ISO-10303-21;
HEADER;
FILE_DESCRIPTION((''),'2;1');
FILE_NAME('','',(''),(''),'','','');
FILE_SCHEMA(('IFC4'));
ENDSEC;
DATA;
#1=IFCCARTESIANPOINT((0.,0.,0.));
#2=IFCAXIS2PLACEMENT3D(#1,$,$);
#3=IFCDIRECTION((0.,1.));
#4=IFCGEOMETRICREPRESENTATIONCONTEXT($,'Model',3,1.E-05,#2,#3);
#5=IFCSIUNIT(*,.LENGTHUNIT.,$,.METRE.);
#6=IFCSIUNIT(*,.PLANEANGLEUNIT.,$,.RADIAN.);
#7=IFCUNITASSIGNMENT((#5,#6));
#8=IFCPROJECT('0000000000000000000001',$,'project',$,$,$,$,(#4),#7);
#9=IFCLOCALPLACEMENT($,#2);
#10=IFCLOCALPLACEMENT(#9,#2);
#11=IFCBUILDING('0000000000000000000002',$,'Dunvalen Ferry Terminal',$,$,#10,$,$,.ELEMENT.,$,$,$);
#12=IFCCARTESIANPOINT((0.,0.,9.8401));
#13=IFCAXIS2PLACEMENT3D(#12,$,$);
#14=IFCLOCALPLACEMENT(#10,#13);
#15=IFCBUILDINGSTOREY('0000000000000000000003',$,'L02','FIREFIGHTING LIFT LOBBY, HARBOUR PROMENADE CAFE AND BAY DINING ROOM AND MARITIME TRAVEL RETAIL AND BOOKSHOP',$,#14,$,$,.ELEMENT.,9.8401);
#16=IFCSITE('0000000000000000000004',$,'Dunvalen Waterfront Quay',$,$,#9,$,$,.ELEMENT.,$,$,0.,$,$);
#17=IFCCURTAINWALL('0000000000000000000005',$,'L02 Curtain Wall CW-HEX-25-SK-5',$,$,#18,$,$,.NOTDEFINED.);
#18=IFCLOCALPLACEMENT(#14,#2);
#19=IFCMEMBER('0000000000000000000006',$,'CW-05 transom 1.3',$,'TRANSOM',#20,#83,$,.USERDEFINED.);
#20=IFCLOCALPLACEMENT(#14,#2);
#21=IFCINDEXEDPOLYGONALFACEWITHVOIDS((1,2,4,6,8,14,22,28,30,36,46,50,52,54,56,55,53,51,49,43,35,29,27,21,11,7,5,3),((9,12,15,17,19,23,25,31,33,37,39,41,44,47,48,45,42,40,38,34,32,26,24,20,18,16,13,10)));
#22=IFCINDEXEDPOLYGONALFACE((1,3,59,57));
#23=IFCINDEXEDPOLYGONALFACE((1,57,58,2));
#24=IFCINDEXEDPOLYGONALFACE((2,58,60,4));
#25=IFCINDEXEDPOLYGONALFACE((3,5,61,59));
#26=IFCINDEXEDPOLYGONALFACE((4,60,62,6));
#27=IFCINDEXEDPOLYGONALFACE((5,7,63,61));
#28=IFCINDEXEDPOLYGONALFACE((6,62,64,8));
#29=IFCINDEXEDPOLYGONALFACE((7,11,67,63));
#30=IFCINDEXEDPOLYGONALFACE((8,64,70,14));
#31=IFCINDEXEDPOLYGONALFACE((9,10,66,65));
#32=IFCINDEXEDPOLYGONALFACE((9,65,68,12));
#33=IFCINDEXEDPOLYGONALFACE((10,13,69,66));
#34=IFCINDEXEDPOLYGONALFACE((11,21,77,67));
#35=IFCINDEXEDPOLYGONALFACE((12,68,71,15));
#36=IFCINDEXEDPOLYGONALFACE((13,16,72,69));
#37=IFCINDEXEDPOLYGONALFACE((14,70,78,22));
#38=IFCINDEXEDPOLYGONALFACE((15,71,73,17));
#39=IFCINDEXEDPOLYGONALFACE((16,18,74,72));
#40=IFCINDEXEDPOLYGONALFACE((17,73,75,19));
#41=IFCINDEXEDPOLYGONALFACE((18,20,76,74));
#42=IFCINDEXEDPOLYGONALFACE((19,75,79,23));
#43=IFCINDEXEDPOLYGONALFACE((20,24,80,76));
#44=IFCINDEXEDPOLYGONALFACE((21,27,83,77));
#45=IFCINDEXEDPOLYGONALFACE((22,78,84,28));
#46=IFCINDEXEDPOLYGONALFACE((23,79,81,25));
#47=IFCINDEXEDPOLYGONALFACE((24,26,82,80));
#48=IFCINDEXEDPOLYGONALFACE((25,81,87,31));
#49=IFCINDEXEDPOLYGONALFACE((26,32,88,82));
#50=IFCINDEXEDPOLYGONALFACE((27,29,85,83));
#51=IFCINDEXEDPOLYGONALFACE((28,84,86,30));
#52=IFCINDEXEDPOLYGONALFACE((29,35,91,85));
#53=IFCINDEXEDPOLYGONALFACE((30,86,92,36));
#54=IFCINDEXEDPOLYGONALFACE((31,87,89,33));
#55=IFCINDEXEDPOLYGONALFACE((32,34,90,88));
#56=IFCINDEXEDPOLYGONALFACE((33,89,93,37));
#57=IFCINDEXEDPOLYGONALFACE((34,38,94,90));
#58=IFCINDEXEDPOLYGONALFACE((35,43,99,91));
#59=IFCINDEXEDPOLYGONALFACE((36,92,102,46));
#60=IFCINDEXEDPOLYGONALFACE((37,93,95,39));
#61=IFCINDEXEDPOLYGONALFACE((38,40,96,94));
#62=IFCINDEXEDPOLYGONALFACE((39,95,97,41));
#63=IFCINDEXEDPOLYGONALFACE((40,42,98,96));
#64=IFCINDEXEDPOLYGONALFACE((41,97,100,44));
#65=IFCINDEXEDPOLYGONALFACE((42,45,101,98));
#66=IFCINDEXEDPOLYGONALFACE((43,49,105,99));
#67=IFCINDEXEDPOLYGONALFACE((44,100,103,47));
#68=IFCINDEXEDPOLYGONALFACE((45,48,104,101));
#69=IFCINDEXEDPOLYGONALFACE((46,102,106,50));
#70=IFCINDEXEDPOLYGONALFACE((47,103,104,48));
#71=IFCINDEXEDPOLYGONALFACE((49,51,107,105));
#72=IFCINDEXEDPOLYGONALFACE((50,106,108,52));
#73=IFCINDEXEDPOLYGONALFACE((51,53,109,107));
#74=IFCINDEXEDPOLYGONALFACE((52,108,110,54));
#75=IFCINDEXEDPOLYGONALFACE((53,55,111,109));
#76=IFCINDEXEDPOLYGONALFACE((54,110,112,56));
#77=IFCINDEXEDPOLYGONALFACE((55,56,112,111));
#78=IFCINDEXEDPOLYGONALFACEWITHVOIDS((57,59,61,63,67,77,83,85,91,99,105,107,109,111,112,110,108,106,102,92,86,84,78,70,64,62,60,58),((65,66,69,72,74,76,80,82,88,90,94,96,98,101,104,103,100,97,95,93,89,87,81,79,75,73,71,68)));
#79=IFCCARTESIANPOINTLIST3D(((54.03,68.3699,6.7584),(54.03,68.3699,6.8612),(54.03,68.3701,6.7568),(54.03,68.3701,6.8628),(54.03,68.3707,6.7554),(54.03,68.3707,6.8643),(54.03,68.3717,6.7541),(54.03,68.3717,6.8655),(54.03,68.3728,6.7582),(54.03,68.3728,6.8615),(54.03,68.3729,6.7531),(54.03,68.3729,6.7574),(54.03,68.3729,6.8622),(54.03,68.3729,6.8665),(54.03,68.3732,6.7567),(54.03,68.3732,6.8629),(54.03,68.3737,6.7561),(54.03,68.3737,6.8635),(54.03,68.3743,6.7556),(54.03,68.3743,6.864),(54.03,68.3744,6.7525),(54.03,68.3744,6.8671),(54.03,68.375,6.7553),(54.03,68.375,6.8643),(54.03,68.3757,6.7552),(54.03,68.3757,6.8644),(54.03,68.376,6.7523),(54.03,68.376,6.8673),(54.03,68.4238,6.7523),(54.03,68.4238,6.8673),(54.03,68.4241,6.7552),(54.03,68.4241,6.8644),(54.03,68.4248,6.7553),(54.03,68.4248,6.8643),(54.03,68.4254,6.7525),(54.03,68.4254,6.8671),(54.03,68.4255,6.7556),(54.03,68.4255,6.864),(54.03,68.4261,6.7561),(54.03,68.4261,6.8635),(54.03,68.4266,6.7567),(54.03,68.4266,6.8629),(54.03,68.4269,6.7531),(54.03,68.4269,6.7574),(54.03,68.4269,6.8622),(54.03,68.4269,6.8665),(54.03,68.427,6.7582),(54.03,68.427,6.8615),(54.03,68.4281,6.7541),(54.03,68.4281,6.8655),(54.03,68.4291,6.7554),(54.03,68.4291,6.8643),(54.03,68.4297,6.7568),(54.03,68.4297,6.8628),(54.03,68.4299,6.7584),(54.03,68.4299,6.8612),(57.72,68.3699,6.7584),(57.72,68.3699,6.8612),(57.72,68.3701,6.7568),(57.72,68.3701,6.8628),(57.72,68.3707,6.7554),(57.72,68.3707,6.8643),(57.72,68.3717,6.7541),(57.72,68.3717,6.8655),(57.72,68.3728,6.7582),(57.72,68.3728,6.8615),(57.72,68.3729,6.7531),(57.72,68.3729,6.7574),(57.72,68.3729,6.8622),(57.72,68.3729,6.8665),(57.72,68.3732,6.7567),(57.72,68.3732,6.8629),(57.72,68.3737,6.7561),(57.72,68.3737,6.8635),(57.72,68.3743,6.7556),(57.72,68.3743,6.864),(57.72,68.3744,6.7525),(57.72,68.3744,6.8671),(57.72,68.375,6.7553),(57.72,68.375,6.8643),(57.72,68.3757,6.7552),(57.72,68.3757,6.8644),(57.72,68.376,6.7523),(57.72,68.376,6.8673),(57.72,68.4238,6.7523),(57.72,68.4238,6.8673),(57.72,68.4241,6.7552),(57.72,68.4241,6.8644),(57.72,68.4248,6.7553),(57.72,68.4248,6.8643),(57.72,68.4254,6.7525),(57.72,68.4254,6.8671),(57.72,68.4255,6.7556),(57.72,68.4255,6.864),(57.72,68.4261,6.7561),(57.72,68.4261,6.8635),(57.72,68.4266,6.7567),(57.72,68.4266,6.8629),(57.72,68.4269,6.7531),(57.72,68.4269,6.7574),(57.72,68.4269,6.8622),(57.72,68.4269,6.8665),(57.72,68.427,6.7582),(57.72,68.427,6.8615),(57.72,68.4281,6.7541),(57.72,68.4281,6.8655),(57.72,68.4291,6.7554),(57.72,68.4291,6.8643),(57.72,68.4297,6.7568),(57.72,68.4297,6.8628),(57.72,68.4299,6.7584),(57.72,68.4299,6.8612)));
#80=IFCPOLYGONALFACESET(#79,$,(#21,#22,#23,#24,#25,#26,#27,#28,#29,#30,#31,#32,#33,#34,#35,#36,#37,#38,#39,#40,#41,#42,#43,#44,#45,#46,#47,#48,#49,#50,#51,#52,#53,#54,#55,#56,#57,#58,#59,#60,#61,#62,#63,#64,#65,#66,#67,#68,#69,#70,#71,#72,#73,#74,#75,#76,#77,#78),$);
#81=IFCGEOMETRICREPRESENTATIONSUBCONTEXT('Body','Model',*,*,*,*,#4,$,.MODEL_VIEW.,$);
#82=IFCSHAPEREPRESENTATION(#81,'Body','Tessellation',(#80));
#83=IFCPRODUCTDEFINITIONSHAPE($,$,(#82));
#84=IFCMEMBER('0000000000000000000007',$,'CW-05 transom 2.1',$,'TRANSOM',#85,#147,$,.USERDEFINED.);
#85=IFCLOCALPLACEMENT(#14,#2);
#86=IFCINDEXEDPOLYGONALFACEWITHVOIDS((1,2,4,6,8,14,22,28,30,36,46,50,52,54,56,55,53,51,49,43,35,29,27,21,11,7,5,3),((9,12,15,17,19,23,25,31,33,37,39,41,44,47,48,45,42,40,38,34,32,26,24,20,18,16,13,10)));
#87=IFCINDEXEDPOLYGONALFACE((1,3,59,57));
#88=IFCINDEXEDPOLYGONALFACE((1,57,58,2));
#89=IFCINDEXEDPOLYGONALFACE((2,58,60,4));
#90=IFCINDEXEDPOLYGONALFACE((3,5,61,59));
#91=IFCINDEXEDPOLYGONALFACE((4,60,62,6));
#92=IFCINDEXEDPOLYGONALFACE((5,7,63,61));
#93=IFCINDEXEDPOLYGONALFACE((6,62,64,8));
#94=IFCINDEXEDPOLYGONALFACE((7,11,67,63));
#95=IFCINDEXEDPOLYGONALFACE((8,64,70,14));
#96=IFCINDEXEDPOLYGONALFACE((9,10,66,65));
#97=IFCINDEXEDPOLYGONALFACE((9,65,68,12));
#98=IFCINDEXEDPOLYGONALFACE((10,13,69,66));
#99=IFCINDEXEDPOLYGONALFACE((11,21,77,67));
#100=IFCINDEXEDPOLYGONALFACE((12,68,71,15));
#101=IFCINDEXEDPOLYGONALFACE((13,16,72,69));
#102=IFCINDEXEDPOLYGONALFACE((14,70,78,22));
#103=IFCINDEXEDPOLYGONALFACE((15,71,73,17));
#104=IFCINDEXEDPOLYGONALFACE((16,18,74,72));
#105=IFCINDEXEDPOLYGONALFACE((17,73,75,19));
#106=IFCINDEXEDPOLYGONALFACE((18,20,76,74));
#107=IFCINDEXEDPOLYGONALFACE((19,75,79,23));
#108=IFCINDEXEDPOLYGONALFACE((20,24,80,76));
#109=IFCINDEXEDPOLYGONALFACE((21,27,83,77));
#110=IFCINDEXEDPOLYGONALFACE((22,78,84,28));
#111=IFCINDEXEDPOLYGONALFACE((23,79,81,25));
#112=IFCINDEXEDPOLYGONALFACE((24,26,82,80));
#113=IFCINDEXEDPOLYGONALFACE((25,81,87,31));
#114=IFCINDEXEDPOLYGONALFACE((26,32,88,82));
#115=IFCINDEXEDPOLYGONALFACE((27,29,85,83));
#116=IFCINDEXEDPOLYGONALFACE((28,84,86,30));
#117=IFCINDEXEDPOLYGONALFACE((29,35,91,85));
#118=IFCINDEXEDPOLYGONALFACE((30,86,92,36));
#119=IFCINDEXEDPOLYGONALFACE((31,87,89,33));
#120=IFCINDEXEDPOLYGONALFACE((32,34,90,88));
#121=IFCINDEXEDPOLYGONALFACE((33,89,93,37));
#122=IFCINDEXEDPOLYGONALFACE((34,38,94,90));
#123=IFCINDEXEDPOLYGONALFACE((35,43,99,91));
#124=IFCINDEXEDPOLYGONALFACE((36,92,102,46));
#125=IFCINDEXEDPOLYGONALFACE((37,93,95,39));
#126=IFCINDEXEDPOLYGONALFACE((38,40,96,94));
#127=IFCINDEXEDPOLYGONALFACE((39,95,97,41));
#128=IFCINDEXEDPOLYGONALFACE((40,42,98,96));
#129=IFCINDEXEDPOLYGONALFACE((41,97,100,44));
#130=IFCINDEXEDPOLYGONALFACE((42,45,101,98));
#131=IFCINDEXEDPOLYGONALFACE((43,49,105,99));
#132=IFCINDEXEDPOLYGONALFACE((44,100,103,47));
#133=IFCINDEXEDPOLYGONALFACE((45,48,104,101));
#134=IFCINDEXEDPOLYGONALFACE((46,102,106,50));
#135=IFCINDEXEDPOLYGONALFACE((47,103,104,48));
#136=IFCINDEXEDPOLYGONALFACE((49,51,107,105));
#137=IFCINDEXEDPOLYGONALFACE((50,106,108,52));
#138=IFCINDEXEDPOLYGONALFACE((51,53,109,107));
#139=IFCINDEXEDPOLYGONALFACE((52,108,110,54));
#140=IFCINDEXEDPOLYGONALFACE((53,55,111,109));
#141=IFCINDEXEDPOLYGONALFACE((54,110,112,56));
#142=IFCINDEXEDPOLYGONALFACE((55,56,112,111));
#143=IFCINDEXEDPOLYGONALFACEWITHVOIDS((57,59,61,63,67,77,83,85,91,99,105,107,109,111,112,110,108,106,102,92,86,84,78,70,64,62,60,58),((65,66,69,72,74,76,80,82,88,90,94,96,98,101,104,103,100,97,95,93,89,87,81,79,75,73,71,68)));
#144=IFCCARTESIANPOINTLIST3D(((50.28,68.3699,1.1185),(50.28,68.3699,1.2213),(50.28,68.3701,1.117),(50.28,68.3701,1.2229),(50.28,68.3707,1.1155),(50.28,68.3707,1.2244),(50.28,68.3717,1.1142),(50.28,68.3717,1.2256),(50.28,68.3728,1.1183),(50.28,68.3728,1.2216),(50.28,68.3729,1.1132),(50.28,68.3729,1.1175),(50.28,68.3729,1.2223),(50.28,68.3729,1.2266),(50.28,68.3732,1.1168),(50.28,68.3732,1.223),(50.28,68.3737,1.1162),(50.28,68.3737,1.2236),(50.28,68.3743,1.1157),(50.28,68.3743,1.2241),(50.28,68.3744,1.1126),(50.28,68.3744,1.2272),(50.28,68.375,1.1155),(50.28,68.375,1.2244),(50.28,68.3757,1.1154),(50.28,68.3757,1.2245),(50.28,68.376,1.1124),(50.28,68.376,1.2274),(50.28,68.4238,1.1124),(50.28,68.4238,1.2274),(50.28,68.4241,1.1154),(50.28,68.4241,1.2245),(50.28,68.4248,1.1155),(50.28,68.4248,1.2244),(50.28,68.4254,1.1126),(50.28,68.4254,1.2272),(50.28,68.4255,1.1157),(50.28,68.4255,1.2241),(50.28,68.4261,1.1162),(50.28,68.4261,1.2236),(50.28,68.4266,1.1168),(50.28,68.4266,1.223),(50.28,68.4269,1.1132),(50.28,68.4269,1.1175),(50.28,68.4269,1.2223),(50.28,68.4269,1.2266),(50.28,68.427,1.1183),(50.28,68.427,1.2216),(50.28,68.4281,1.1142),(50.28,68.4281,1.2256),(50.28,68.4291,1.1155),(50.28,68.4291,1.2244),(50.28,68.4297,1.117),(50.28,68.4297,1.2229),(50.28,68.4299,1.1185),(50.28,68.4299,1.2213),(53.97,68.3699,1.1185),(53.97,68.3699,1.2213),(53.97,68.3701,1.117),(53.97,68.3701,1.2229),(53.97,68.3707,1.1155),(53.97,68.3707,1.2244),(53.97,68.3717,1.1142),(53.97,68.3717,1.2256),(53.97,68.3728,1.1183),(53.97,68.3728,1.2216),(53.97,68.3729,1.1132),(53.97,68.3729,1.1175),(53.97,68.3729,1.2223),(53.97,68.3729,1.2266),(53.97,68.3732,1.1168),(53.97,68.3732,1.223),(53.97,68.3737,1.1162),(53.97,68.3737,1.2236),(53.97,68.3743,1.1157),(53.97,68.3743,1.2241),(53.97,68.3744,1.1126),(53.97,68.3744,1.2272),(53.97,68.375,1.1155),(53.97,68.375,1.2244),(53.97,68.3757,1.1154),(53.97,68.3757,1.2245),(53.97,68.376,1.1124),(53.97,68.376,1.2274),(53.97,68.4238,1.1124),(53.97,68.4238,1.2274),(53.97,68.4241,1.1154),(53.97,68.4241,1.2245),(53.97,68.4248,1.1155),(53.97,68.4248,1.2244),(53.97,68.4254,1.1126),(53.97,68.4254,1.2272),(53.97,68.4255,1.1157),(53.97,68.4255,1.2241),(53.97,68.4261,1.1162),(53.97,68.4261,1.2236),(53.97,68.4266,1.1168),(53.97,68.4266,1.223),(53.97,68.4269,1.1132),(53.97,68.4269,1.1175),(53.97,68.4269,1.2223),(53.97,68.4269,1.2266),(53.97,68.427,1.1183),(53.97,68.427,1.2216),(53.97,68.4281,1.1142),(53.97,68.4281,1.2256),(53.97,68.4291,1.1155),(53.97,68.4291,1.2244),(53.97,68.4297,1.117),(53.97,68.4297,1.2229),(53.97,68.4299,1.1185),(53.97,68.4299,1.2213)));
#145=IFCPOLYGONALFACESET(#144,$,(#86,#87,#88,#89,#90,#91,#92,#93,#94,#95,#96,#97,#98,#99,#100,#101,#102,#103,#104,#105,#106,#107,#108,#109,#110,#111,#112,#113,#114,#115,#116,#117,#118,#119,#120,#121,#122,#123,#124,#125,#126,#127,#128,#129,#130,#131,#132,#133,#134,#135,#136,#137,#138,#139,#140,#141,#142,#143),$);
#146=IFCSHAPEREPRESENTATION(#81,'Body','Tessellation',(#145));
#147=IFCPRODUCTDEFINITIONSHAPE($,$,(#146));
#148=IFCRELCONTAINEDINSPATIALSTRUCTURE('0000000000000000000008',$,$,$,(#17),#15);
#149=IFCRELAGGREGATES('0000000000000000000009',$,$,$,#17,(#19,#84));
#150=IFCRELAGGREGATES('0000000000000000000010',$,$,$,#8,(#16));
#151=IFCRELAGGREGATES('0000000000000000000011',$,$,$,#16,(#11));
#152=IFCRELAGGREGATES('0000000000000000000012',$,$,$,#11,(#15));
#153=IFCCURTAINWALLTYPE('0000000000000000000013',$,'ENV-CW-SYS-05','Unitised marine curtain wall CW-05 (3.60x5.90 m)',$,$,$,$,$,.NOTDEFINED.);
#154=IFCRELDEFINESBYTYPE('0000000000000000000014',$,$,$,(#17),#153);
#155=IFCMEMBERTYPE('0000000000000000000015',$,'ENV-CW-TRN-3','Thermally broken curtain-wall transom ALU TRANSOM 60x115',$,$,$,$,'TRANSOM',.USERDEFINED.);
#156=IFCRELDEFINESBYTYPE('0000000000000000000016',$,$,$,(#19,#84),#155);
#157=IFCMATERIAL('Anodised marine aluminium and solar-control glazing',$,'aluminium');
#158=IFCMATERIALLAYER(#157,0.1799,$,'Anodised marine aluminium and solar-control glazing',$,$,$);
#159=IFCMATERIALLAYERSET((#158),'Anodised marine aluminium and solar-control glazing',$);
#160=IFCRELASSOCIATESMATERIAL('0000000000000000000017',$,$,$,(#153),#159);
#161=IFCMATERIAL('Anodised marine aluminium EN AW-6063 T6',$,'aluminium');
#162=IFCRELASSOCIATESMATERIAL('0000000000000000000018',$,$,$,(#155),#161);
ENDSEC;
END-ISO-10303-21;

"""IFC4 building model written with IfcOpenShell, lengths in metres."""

from ifc_helpers import new_model, si_unit, direction, frame, origin, origin_2d, place, context, subcontext, project, spatial, hollow_rectangle, extrude, material, layer, layer_set, material_profile, profile_set, type_object, element, aggregate, save


model = new_model("IFC4")

# Units and contexts
model_context = context("Model", 3, precision=1e-05, world=origin(), true_north=direction((0.0, 1.0)))
body_context = subcontext(model_context, "Body", "Model", "MODEL_VIEW")
ifc_project = project(units=[si_unit("LENGTHUNIT", "METRE"), si_unit("PLANEANGLEUNIT", "RADIAN")], contexts=[model_context])

# Site, building, storey
site_placement = place(None, origin())
site = spatial("IfcSite", under=ifc_project, at=site_placement, Name="Dunvalen Waterfront Quay", CompositionType="ELEMENT", RefElevation=0.0)
building_placement = place(site_placement, origin())
building = spatial("IfcBuilding", under=site, at=building_placement, Name="Dunvalen Ferry Terminal", CompositionType="ELEMENT")
storey_placement = place(building_placement, frame((0.0, 0.0, 9.8401)))
storey = spatial("IfcBuildingStorey", under=building, at=storey_placement, Name="L02", Description="FIREFIGHTING LIFT LOBBY, HARBOUR PROMENADE CAFE AND BAY DINING ROOM AND MARITIME TRAVEL RETAIL AND BOOKSHOP", CompositionType="ELEMENT", Elevation=9.8401)

# Shared definitions
ifc_material_1 = material(Name="Anodised marine aluminium and solar-control glazing", Category="aluminium")
ifc_material_2 = material(Name="Anodised marine aluminium EN AW-6063 T6", Category="aluminium")

# Curtain wall, members
ifc_layer_1 = layer(ifc_material_1, 0.1799, Name="Anodised marine aluminium and solar-control glazing")
ifc_layer_set_1 = layer_set([ifc_layer_1], Name="Anodised marine aluminium and solar-control glazing")
curtain_wall_type_1 = type_object("IfcCurtainWallType", Name="ENV-CW-SYS-05", Description="Unitised marine curtain wall CW-05 (3.60x5.90 m)", PredefinedType="NOTDEFINED", material=ifc_layer_set_1)
curtain_wall_1_placement = place(storey_placement, origin())
curtain_wall_1 = element("IfcCurtainWall", 1, at=curtain_wall_1_placement, inside=storey, type_object=curtain_wall_type_1, Name="L02 Curtain Wall CW-HEX-25-SK-5", PredefinedType="NOTDEFINED")
ifc_material_profile_1 = material_profile(ifc_material_2, hollow_rectangle(XDim=0.0601, YDim=0.115, WallThickness=0.0029, InnerFilletRadius=0.0029, OuterFilletRadius=0.0061, at=origin_2d()), Name="Anodised marine aluminium EN AW-6063 T6")
ifc_profile_set_1 = profile_set([ifc_material_profile_1], Name="Anodised marine aluminium EN AW-6063 T6")
member_type_1 = type_object("IfcMemberType", Name="ENV-CW-TRN-3", Description="Thermally broken curtain-wall transom ALU TRANSOM 60x115", ElementType="TRANSOM", PredefinedType="USERDEFINED", material=ifc_profile_set_1)
member_1_placement = place(storey_placement, frame((57.72, 68.3999, 6.8098), z_axis=(-1.0, 0.0, 0.0), x_axis=(0.0, -1.0, 0.0)))
member_1 = element("IfcMember", 2, at=member_1_placement, type_object=member_type_1, Name="CW-05 transom 1.3", ObjectType="TRANSOM", PredefinedType="USERDEFINED", context=body_context, shape_type="SweptSolid", body=[
    extrude(hollow_rectangle(XDim=0.0601, YDim=0.115, WallThickness=0.0029, InnerFilletRadius=0.0029, OuterFilletRadius=0.0061, at=origin_2d()), origin(), (0.0, 0.0, 1.0), 3.6899),
])
member_2_placement = place(storey_placement, frame((53.97, 68.3999, 1.1699), z_axis=(-1.0, 0.0, 0.0), x_axis=(0.0, -1.0, 0.0)))
member_2 = element("IfcMember", 3, at=member_2_placement, type_object=member_type_1, Name="CW-05 transom 2.1", ObjectType="TRANSOM", PredefinedType="USERDEFINED", context=body_context, shape_type="SweptSolid", body=[
    extrude(hollow_rectangle(XDim=0.0601, YDim=0.115, WallThickness=0.0029, InnerFilletRadius=0.0029, OuterFilletRadius=0.0061, at=origin_2d()), origin(), (0.0, 0.0, 1.0), 3.6899),
])

aggregate(curtain_wall_1, [member_1, member_2])

save(model, "model.ifc")
